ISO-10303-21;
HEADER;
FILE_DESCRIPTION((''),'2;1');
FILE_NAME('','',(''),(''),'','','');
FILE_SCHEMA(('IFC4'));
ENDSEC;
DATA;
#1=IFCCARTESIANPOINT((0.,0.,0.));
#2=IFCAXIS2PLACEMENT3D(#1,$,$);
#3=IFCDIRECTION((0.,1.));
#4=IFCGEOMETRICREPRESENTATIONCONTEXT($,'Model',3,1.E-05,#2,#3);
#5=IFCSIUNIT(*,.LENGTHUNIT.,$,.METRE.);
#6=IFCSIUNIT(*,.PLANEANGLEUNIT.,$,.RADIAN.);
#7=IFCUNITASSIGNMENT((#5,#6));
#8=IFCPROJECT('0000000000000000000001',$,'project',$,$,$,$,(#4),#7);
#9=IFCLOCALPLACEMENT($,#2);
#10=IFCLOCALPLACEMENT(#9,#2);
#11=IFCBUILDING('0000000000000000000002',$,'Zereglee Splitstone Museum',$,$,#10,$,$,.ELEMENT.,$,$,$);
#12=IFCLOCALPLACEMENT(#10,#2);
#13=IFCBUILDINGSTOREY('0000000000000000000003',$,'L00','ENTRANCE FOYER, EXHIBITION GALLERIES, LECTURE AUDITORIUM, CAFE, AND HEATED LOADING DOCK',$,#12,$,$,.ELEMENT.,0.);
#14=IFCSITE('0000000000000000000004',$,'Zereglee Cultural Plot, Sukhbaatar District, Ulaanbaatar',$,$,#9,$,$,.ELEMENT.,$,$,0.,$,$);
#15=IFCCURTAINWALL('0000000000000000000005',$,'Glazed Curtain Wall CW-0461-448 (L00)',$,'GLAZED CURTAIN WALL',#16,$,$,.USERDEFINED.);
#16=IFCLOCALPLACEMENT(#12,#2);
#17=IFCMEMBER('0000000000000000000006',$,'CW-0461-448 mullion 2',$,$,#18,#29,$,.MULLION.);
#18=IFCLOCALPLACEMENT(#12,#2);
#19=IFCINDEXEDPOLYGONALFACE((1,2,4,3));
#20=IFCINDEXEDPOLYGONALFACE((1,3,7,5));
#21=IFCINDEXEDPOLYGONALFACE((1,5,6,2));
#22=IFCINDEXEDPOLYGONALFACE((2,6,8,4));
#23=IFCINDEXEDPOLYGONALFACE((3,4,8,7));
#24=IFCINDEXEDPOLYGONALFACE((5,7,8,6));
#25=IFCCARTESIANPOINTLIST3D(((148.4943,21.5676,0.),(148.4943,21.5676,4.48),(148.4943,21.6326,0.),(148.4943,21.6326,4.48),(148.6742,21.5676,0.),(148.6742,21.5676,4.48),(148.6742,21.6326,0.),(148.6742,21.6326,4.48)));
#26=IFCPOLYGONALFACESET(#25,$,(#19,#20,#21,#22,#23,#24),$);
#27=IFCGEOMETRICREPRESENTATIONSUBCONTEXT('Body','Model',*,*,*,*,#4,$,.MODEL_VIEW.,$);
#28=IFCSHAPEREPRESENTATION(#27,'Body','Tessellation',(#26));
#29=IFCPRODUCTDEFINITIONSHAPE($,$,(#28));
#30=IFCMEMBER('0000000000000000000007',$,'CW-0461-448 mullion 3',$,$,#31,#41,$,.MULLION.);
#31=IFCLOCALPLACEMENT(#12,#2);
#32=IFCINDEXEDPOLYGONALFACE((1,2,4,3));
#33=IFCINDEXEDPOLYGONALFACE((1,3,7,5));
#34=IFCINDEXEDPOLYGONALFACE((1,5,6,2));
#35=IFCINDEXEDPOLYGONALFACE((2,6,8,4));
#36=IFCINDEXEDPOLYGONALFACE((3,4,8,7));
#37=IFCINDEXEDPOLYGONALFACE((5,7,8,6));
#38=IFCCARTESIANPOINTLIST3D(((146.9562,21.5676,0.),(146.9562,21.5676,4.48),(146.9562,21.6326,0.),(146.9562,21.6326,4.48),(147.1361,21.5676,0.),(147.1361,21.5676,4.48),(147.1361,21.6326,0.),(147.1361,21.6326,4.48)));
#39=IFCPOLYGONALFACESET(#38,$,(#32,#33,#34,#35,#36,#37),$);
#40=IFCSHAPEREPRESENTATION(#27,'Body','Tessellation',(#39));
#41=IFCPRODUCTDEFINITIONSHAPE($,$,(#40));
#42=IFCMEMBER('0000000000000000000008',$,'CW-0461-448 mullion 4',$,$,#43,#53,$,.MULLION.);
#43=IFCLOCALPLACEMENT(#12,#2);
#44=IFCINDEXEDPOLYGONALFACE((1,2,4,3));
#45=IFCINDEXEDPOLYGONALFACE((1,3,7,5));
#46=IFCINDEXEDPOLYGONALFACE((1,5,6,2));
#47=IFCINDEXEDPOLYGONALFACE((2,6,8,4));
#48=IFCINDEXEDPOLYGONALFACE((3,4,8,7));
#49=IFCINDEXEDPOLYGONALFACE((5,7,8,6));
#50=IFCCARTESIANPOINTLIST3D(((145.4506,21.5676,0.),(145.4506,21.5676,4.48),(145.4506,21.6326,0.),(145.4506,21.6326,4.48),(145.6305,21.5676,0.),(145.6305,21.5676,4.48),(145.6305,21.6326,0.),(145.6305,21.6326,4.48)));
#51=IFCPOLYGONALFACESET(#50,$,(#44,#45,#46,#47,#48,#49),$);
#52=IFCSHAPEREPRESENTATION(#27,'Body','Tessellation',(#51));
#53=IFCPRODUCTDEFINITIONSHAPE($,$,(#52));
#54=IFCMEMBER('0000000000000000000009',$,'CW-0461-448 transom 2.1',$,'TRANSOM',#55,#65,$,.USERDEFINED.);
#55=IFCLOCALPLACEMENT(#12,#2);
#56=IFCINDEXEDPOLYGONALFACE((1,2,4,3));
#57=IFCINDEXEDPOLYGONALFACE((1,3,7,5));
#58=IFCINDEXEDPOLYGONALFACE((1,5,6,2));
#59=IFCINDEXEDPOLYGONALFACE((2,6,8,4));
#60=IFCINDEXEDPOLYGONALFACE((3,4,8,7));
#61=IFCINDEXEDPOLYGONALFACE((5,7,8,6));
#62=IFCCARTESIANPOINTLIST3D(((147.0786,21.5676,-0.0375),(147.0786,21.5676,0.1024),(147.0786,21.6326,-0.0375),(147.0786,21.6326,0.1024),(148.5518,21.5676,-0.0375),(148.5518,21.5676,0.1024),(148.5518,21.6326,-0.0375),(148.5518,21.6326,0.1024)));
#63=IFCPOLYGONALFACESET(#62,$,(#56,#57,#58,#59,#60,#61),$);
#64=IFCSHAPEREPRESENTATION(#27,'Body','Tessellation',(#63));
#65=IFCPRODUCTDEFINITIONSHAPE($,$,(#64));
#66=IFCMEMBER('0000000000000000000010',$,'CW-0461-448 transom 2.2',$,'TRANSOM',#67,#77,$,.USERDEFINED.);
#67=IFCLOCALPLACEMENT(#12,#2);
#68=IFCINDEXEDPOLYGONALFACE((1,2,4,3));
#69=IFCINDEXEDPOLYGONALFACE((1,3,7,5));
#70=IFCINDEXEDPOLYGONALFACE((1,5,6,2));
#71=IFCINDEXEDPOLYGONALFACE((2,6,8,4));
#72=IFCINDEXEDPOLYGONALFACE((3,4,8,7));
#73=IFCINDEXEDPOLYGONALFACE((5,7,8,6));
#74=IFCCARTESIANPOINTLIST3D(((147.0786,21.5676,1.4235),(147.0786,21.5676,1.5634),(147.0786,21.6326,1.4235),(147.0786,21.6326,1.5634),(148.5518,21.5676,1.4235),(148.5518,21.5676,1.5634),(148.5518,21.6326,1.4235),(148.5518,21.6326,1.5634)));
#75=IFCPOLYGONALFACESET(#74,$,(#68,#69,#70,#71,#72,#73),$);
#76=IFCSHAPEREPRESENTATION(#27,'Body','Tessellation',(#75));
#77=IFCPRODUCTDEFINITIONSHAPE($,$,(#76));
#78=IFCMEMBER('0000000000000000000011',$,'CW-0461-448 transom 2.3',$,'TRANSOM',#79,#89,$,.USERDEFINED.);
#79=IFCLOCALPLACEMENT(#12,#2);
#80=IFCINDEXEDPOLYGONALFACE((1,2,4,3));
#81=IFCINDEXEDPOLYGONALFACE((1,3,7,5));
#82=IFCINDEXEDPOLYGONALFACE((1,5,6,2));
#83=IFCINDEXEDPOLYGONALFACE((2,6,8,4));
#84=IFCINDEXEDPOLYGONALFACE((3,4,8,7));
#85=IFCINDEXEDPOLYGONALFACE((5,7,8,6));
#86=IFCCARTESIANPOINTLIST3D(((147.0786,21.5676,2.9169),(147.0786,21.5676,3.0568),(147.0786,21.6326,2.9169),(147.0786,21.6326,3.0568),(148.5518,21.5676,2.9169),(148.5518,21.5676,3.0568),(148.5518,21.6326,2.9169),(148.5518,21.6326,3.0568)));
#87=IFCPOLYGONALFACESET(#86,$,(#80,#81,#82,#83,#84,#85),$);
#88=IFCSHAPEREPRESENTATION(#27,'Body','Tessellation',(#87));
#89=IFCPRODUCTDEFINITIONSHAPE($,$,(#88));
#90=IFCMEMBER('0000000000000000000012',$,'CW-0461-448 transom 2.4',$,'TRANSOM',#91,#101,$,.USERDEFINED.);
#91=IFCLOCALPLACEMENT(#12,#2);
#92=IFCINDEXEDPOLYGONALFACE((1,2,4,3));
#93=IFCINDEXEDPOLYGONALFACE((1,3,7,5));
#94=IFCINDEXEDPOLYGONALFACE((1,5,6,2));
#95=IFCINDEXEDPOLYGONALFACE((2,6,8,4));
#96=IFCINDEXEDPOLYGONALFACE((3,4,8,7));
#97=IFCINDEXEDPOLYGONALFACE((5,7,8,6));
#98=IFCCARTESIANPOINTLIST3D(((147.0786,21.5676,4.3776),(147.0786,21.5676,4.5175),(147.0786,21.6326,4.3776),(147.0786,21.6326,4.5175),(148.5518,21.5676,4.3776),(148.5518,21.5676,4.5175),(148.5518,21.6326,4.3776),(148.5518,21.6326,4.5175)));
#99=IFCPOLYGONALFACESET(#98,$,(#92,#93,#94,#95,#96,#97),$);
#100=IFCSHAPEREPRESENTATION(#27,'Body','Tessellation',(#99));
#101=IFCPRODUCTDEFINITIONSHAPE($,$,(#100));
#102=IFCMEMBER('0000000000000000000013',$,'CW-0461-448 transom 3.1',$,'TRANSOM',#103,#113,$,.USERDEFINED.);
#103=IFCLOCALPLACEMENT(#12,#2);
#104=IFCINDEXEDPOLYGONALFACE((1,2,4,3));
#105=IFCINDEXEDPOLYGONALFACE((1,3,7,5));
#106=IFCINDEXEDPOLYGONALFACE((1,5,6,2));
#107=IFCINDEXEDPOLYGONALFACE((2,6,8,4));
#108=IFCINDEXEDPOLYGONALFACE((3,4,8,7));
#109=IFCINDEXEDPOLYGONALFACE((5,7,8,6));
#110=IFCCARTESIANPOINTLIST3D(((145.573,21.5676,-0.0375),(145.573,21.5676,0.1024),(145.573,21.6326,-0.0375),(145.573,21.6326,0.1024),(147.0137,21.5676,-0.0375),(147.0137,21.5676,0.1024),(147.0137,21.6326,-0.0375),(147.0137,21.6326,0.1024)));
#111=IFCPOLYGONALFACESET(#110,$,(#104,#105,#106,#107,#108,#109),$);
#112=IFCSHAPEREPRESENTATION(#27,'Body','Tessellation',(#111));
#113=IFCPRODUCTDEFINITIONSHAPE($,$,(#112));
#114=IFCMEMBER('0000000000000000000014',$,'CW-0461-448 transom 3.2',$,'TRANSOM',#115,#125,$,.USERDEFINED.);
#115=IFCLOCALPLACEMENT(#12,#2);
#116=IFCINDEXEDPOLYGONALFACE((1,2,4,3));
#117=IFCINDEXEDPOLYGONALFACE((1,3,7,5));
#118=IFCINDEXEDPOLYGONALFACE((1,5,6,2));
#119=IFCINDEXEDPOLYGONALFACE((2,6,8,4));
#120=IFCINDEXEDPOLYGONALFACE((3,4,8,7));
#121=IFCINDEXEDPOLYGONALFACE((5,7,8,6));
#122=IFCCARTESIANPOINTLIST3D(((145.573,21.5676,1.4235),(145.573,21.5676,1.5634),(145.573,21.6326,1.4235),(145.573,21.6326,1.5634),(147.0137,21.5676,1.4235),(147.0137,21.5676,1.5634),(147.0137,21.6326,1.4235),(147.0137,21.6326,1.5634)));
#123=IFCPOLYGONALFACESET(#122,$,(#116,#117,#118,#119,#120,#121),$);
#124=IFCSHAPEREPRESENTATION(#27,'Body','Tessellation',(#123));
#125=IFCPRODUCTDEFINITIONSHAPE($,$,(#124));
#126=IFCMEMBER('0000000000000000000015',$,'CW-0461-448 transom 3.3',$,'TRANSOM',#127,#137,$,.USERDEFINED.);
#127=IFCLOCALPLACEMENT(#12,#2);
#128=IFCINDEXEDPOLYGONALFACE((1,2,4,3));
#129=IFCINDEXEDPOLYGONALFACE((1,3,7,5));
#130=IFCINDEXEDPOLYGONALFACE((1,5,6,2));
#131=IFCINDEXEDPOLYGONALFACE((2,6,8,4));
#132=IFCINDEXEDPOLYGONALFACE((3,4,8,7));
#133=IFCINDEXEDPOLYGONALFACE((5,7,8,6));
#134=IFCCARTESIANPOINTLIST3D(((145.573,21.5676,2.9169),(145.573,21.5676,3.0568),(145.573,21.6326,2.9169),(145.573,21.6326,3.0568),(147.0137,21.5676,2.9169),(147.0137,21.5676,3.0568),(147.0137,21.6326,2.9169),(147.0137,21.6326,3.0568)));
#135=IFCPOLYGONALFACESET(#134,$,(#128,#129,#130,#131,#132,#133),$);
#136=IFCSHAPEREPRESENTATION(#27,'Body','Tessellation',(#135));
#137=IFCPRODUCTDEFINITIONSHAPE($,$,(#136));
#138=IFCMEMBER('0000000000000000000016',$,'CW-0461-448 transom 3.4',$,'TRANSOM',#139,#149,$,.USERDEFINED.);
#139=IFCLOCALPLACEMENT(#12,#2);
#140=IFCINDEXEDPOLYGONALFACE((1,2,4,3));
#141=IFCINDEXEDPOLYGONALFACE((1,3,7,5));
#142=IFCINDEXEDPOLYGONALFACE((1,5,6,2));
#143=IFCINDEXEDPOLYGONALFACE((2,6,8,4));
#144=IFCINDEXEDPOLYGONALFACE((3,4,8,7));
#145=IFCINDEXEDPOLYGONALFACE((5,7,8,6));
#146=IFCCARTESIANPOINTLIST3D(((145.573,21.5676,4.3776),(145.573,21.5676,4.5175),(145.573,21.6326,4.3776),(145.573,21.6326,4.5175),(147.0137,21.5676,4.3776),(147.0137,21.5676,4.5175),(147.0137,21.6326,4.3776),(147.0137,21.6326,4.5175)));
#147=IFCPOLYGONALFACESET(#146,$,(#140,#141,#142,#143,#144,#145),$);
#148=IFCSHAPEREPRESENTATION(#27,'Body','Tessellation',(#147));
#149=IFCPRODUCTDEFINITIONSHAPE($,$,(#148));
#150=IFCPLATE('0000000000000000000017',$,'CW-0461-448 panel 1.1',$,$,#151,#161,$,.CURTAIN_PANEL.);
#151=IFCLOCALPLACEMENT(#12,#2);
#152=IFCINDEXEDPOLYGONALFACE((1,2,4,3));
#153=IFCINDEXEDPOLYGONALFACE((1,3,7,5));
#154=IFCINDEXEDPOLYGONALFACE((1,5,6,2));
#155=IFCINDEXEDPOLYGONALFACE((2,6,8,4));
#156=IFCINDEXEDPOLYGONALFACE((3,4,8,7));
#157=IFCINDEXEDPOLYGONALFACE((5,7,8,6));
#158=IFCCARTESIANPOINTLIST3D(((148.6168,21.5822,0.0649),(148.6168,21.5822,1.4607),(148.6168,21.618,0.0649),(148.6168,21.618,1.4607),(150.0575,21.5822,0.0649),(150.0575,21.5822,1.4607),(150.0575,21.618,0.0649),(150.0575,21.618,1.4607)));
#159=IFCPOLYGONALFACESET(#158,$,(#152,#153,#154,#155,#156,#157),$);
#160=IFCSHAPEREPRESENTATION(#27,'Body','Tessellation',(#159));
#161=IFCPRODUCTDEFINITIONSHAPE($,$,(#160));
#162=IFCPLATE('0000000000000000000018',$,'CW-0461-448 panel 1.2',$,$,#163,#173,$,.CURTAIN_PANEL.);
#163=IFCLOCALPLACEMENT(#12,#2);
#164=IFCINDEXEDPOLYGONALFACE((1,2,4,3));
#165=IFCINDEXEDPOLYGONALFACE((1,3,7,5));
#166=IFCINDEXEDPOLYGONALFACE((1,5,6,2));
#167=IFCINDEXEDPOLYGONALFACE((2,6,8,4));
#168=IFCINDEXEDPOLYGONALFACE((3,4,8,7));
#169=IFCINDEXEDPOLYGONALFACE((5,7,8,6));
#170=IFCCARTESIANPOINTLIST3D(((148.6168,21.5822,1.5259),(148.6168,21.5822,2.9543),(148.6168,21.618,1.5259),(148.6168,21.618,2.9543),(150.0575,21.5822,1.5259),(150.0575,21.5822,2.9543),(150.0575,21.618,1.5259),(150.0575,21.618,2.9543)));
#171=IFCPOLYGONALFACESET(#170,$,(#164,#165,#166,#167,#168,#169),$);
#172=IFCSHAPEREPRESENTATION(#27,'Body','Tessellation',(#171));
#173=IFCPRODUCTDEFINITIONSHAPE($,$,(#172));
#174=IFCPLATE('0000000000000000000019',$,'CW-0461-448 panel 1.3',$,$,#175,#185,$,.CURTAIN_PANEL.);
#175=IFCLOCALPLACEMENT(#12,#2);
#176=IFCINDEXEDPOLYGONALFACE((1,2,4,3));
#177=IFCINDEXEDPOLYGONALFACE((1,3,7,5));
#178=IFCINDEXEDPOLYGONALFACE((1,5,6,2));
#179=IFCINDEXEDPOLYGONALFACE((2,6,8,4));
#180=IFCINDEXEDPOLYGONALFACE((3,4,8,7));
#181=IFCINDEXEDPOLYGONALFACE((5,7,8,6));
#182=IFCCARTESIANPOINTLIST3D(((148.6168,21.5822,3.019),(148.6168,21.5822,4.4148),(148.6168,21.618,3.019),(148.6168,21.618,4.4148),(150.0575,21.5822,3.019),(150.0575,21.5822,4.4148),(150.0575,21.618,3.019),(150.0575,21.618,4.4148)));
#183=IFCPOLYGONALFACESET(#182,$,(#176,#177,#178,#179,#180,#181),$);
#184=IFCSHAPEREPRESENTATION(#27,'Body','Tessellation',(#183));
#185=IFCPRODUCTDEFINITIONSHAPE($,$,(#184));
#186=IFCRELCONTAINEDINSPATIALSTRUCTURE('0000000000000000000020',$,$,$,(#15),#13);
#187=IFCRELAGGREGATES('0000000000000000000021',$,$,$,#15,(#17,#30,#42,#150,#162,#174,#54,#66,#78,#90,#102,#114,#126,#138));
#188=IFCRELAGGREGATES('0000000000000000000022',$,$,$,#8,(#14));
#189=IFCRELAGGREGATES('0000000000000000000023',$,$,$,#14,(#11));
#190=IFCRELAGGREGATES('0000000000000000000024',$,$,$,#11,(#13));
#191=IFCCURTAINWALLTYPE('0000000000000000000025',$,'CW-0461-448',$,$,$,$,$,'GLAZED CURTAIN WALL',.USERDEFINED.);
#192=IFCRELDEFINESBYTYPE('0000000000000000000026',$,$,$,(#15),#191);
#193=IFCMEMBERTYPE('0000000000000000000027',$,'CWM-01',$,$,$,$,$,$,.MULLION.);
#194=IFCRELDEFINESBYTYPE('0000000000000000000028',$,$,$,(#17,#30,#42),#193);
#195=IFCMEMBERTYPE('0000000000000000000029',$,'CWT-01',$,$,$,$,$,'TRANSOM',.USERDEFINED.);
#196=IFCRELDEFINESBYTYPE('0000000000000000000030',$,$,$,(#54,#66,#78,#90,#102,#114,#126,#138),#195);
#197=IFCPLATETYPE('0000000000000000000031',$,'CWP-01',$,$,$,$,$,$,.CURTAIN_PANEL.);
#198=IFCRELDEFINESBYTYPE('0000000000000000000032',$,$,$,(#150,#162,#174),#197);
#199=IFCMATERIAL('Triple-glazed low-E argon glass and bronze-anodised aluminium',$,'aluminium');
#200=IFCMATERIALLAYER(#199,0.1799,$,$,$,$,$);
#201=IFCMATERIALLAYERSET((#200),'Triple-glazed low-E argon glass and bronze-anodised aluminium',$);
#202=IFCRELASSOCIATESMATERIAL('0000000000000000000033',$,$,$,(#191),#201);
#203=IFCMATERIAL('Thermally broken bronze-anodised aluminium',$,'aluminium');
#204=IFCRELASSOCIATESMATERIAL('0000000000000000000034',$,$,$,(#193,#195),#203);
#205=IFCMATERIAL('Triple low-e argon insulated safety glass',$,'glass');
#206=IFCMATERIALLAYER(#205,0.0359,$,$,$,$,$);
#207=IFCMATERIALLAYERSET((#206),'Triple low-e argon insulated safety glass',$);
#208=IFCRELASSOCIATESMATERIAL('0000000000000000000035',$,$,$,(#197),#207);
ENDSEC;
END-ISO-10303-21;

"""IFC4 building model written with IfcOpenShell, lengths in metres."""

from ifc_helpers import new_model, si_unit, direction, frame, origin, origin_2d, place, context, subcontext, project, spatial, rectangle, extrude, material, layer, layer_set, material_profile, profile_set, type_object, element, aggregate, save


model = new_model("IFC4")

# Units and contexts
model_context = context("Model", 3, precision=1e-05, world=origin(), true_north=direction((0.0, 1.0)))
body_context = subcontext(model_context, "Body", "Model", "MODEL_VIEW")
ifc_project = project(units=[si_unit("LENGTHUNIT", "METRE"), si_unit("PLANEANGLEUNIT", "RADIAN")], contexts=[model_context])

# Site, building, storey
site_placement = place(None, origin())
site = spatial("IfcSite", under=ifc_project, at=site_placement, Name="Zereglee Cultural Plot, Sukhbaatar District, Ulaanbaatar", CompositionType="ELEMENT", RefElevation=0.0)
building_placement = place(site_placement, origin())
building = spatial("IfcBuilding", under=site, at=building_placement, Name="Zereglee Splitstone Museum", CompositionType="ELEMENT")
storey_placement = place(building_placement, origin())
storey = spatial("IfcBuildingStorey", under=building, at=storey_placement, Name="L00", Description="ENTRANCE FOYER, EXHIBITION GALLERIES, LECTURE AUDITORIUM, CAFE, AND HEATED LOADING DOCK", CompositionType="ELEMENT", Elevation=0.0)

# Curtain wall, members, plates
ifc_material_1 = material(Name="Triple-glazed low-E argon glass and bronze-anodised aluminium", Category="aluminium")
ifc_layer_1 = layer(ifc_material_1, 0.1799)
ifc_layer_set_1 = layer_set([ifc_layer_1], Name="Triple-glazed low-E argon glass and bronze-anodised aluminium")
curtain_wall_type = type_object("IfcCurtainWallType", Name="CW-0461-448", ElementType="GLAZED CURTAIN WALL", PredefinedType="USERDEFINED", material=ifc_layer_set_1)
curtain_wall_placement = place(storey_placement, origin())
curtain_wall = element("IfcCurtainWall", 1, at=curtain_wall_placement, inside=storey, type_object=curtain_wall_type, Name="Glazed Curtain Wall CW-0461-448 (L00)", ObjectType="GLAZED CURTAIN WALL", PredefinedType="USERDEFINED")
ifc_material_2 = material(Name="Thermally broken bronze-anodised aluminium", Category="aluminium")
ifc_material_profile_1 = material_profile(ifc_material_2, rectangle(XDim=0.0649, YDim=0.1799, at=origin_2d()), Name="CW MULL 65x180")
ifc_profile_set_1 = profile_set([ifc_material_profile_1], Name="Thermally broken bronze-anodised aluminium")
member_type_1 = type_object("IfcMemberType", Name="CWM-01", PredefinedType="MULLION", material=ifc_profile_set_1)
member_1_placement = place(storey_placement, frame((148.5842, 21.6001, 0.0), z_axis=(0.0, 0.0, 1.0), x_axis=(0.0, -1.0, 0.0)))
member_1 = element("IfcMember", 2, at=member_1_placement, type_object=member_type_1, Name="CW-0461-448 mullion 2", PredefinedType="MULLION", context=body_context, shape_type="SweptSolid", body=[
    extrude(rectangle(XDim=0.0649, YDim=0.1799, at=origin_2d()), origin(), (0.0, 0.0, 1.0), 4.48),
])
member_2_placement = place(storey_placement, frame((147.0461, 21.6001, 0.0), z_axis=(0.0, 0.0, 1.0), x_axis=(0.0, -1.0, 0.0)))
member_2 = element("IfcMember", 3, at=member_2_placement, type_object=member_type_1, Name="CW-0461-448 mullion 3", PredefinedType="MULLION", context=body_context, shape_type="SweptSolid", body=[
    extrude(rectangle(XDim=0.0649, YDim=0.1799, at=origin_2d()), origin(), (0.0, 0.0, 1.0), 4.48),
])
member_3_placement = place(storey_placement, frame((145.5405, 21.6001, 0.0), z_axis=(0.0, 0.0, 1.0), x_axis=(0.0, -1.0, 0.0)))
member_3 = element("IfcMember", 4, at=member_3_placement, type_object=member_type_1, Name="CW-0461-448 mullion 4", PredefinedType="MULLION", context=body_context, shape_type="SweptSolid", body=[
    extrude(rectangle(XDim=0.0649, YDim=0.1799, at=origin_2d()), origin(), (0.0, 0.0, 1.0), 4.48),
])
ifc_material_profile_2 = material_profile(ifc_material_2, rectangle(XDim=0.0649, YDim=0.1399, at=origin_2d()), Name="CW TRAN 65x140")
ifc_profile_set_2 = profile_set([ifc_material_profile_2], Name="Thermally broken bronze-anodised aluminium")
member_type_2 = type_object("IfcMemberType", Name="CWT-01", ElementType="TRANSOM", PredefinedType="USERDEFINED", material=ifc_profile_set_2)
member_4_placement = place(storey_placement, frame((148.5518, 21.6001, 0.0325), z_axis=(-1.0, 0.0, 0.0), x_axis=(0.0, -1.0, 0.0)))
member_4 = element("IfcMember", 5, at=member_4_placement, type_object=member_type_2, Name="CW-0461-448 transom 2.1", ObjectType="TRANSOM", PredefinedType="USERDEFINED", context=body_context, shape_type="SweptSolid", body=[
    extrude(rectangle(XDim=0.0649, YDim=0.1399, at=origin_2d()), origin(), (0.0, 0.0, 1.0), 1.4731),
])
member_5_placement = place(storey_placement, frame((148.5518, 21.6001, 1.4934), z_axis=(-1.0, 0.0, 0.0), x_axis=(0.0, -1.0, 0.0)))
member_5 = element("IfcMember", 6, at=member_5_placement, type_object=member_type_2, Name="CW-0461-448 transom 2.2", ObjectType="TRANSOM", PredefinedType="USERDEFINED", context=body_context, shape_type="SweptSolid", body=[
    extrude(rectangle(XDim=0.0649, YDim=0.1399, at=origin_2d()), origin(), (0.0, 0.0, 1.0), 1.4731),
])
member_6_placement = place(storey_placement, frame((148.5518, 21.6001, 2.9868), z_axis=(-1.0, 0.0, 0.0), x_axis=(0.0, -1.0, 0.0)))
member_6 = element("IfcMember", 7, at=member_6_placement, type_object=member_type_2, Name="CW-0461-448 transom 2.3", ObjectType="TRANSOM", PredefinedType="USERDEFINED", context=body_context, shape_type="SweptSolid", body=[
    extrude(rectangle(XDim=0.0649, YDim=0.1399, at=origin_2d()), origin(), (0.0, 0.0, 1.0), 1.4731),
])
member_7_placement = place(storey_placement, frame((148.5518, 21.6001, 4.4475), z_axis=(-1.0, 0.0, 0.0), x_axis=(0.0, -1.0, 0.0)))
member_7 = element("IfcMember", 8, at=member_7_placement, type_object=member_type_2, Name="CW-0461-448 transom 2.4", ObjectType="TRANSOM", PredefinedType="USERDEFINED", context=body_context, shape_type="SweptSolid", body=[
    extrude(rectangle(XDim=0.0649, YDim=0.1399, at=origin_2d()), origin(), (0.0, 0.0, 1.0), 1.4731),
])
member_8_placement = place(storey_placement, frame((147.0137, 21.6001, 0.0325), z_axis=(-1.0, 0.0, 0.0), x_axis=(0.0, -1.0, 0.0)))
member_8 = element("IfcMember", 9, at=member_8_placement, type_object=member_type_2, Name="CW-0461-448 transom 3.1", ObjectType="TRANSOM", PredefinedType="USERDEFINED", context=body_context, shape_type="SweptSolid", body=[
    extrude(rectangle(XDim=0.0649, YDim=0.1399, at=origin_2d()), origin(), (0.0, 0.0, 1.0), 1.4407),
])
member_9_placement = place(storey_placement, frame((147.0137, 21.6001, 1.4934), z_axis=(-1.0, 0.0, 0.0), x_axis=(0.0, -1.0, 0.0)))
member_9 = element("IfcMember", 10, at=member_9_placement, type_object=member_type_2, Name="CW-0461-448 transom 3.2", ObjectType="TRANSOM", PredefinedType="USERDEFINED", context=body_context, shape_type="SweptSolid", body=[
    extrude(rectangle(XDim=0.0649, YDim=0.1399, at=origin_2d()), origin(), (0.0, 0.0, 1.0), 1.4407),
])
member_10_placement = place(storey_placement, frame((147.0137, 21.6001, 2.9868), z_axis=(-1.0, 0.0, 0.0), x_axis=(0.0, -1.0, 0.0)))
member_10 = element("IfcMember", 11, at=member_10_placement, type_object=member_type_2, Name="CW-0461-448 transom 3.3", ObjectType="TRANSOM", PredefinedType="USERDEFINED", context=body_context, shape_type="SweptSolid", body=[
    extrude(rectangle(XDim=0.0649, YDim=0.1399, at=origin_2d()), origin(), (0.0, 0.0, 1.0), 1.4407),
])
member_11_placement = place(storey_placement, frame((147.0137, 21.6001, 4.4475), z_axis=(-1.0, 0.0, 0.0), x_axis=(0.0, -1.0, 0.0)))
member_11 = element("IfcMember", 12, at=member_11_placement, type_object=member_type_2, Name="CW-0461-448 transom 3.4", ObjectType="TRANSOM", PredefinedType="USERDEFINED", context=body_context, shape_type="SweptSolid", body=[
    extrude(rectangle(XDim=0.0649, YDim=0.1399, at=origin_2d()), origin(), (0.0, 0.0, 1.0), 1.4407),
])
ifc_material_3 = material(Name="Triple low-e argon insulated safety glass", Category="glass")
ifc_layer_2 = layer(ifc_material_3, 0.0359)
ifc_layer_set_2 = layer_set([ifc_layer_2], Name="Triple low-e argon insulated safety glass")
plate_type = type_object("IfcPlateType", Name="CWP-01", PredefinedType="CURTAIN_PANEL", material=ifc_layer_set_2)
plate_1_placement = place(storey_placement, frame((149.3372, 21.6001, 0.0649), z_axis=(0.0, 0.0, 1.0), x_axis=(-1.0, 0.0, 0.0)))
plate_1 = element("IfcPlate", 13, at=plate_1_placement, type_object=plate_type, Name="CW-0461-448 panel 1.1", PredefinedType="CURTAIN_PANEL", context=body_context, shape_type="SweptSolid", body=[
    extrude(rectangle(XDim=1.4407, YDim=0.0359, at=origin_2d()), origin(), (0.0, 0.0, 1.0), 1.3958),
])
plate_2_placement = place(storey_placement, frame((149.3372, 21.6001, 1.5259), z_axis=(0.0, 0.0, 1.0), x_axis=(-1.0, 0.0, 0.0)))
plate_2 = element("IfcPlate", 14, at=plate_2_placement, type_object=plate_type, Name="CW-0461-448 panel 1.2", PredefinedType="CURTAIN_PANEL", context=body_context, shape_type="SweptSolid", body=[
    extrude(rectangle(XDim=1.4407, YDim=0.0359, at=origin_2d()), origin(), (0.0, 0.0, 1.0), 1.4285),
])
plate_3_placement = place(storey_placement, frame((149.3372, 21.6001, 3.019), z_axis=(0.0, 0.0, 1.0), x_axis=(-1.0, 0.0, 0.0)))
plate_3 = element("IfcPlate", 15, at=plate_3_placement, type_object=plate_type, Name="CW-0461-448 panel 1.3", PredefinedType="CURTAIN_PANEL", context=body_context, shape_type="SweptSolid", body=[
    extrude(rectangle(XDim=1.4407, YDim=0.0359, at=origin_2d()), origin(), (0.0, 0.0, 1.0), 1.3958),
])
aggregate(curtain_wall, [member_1, member_2, member_3, plate_1, plate_2, plate_3, member_4, member_5, member_6, member_7, member_8, member_9, member_10, member_11])

save(model, "model.ifc")
